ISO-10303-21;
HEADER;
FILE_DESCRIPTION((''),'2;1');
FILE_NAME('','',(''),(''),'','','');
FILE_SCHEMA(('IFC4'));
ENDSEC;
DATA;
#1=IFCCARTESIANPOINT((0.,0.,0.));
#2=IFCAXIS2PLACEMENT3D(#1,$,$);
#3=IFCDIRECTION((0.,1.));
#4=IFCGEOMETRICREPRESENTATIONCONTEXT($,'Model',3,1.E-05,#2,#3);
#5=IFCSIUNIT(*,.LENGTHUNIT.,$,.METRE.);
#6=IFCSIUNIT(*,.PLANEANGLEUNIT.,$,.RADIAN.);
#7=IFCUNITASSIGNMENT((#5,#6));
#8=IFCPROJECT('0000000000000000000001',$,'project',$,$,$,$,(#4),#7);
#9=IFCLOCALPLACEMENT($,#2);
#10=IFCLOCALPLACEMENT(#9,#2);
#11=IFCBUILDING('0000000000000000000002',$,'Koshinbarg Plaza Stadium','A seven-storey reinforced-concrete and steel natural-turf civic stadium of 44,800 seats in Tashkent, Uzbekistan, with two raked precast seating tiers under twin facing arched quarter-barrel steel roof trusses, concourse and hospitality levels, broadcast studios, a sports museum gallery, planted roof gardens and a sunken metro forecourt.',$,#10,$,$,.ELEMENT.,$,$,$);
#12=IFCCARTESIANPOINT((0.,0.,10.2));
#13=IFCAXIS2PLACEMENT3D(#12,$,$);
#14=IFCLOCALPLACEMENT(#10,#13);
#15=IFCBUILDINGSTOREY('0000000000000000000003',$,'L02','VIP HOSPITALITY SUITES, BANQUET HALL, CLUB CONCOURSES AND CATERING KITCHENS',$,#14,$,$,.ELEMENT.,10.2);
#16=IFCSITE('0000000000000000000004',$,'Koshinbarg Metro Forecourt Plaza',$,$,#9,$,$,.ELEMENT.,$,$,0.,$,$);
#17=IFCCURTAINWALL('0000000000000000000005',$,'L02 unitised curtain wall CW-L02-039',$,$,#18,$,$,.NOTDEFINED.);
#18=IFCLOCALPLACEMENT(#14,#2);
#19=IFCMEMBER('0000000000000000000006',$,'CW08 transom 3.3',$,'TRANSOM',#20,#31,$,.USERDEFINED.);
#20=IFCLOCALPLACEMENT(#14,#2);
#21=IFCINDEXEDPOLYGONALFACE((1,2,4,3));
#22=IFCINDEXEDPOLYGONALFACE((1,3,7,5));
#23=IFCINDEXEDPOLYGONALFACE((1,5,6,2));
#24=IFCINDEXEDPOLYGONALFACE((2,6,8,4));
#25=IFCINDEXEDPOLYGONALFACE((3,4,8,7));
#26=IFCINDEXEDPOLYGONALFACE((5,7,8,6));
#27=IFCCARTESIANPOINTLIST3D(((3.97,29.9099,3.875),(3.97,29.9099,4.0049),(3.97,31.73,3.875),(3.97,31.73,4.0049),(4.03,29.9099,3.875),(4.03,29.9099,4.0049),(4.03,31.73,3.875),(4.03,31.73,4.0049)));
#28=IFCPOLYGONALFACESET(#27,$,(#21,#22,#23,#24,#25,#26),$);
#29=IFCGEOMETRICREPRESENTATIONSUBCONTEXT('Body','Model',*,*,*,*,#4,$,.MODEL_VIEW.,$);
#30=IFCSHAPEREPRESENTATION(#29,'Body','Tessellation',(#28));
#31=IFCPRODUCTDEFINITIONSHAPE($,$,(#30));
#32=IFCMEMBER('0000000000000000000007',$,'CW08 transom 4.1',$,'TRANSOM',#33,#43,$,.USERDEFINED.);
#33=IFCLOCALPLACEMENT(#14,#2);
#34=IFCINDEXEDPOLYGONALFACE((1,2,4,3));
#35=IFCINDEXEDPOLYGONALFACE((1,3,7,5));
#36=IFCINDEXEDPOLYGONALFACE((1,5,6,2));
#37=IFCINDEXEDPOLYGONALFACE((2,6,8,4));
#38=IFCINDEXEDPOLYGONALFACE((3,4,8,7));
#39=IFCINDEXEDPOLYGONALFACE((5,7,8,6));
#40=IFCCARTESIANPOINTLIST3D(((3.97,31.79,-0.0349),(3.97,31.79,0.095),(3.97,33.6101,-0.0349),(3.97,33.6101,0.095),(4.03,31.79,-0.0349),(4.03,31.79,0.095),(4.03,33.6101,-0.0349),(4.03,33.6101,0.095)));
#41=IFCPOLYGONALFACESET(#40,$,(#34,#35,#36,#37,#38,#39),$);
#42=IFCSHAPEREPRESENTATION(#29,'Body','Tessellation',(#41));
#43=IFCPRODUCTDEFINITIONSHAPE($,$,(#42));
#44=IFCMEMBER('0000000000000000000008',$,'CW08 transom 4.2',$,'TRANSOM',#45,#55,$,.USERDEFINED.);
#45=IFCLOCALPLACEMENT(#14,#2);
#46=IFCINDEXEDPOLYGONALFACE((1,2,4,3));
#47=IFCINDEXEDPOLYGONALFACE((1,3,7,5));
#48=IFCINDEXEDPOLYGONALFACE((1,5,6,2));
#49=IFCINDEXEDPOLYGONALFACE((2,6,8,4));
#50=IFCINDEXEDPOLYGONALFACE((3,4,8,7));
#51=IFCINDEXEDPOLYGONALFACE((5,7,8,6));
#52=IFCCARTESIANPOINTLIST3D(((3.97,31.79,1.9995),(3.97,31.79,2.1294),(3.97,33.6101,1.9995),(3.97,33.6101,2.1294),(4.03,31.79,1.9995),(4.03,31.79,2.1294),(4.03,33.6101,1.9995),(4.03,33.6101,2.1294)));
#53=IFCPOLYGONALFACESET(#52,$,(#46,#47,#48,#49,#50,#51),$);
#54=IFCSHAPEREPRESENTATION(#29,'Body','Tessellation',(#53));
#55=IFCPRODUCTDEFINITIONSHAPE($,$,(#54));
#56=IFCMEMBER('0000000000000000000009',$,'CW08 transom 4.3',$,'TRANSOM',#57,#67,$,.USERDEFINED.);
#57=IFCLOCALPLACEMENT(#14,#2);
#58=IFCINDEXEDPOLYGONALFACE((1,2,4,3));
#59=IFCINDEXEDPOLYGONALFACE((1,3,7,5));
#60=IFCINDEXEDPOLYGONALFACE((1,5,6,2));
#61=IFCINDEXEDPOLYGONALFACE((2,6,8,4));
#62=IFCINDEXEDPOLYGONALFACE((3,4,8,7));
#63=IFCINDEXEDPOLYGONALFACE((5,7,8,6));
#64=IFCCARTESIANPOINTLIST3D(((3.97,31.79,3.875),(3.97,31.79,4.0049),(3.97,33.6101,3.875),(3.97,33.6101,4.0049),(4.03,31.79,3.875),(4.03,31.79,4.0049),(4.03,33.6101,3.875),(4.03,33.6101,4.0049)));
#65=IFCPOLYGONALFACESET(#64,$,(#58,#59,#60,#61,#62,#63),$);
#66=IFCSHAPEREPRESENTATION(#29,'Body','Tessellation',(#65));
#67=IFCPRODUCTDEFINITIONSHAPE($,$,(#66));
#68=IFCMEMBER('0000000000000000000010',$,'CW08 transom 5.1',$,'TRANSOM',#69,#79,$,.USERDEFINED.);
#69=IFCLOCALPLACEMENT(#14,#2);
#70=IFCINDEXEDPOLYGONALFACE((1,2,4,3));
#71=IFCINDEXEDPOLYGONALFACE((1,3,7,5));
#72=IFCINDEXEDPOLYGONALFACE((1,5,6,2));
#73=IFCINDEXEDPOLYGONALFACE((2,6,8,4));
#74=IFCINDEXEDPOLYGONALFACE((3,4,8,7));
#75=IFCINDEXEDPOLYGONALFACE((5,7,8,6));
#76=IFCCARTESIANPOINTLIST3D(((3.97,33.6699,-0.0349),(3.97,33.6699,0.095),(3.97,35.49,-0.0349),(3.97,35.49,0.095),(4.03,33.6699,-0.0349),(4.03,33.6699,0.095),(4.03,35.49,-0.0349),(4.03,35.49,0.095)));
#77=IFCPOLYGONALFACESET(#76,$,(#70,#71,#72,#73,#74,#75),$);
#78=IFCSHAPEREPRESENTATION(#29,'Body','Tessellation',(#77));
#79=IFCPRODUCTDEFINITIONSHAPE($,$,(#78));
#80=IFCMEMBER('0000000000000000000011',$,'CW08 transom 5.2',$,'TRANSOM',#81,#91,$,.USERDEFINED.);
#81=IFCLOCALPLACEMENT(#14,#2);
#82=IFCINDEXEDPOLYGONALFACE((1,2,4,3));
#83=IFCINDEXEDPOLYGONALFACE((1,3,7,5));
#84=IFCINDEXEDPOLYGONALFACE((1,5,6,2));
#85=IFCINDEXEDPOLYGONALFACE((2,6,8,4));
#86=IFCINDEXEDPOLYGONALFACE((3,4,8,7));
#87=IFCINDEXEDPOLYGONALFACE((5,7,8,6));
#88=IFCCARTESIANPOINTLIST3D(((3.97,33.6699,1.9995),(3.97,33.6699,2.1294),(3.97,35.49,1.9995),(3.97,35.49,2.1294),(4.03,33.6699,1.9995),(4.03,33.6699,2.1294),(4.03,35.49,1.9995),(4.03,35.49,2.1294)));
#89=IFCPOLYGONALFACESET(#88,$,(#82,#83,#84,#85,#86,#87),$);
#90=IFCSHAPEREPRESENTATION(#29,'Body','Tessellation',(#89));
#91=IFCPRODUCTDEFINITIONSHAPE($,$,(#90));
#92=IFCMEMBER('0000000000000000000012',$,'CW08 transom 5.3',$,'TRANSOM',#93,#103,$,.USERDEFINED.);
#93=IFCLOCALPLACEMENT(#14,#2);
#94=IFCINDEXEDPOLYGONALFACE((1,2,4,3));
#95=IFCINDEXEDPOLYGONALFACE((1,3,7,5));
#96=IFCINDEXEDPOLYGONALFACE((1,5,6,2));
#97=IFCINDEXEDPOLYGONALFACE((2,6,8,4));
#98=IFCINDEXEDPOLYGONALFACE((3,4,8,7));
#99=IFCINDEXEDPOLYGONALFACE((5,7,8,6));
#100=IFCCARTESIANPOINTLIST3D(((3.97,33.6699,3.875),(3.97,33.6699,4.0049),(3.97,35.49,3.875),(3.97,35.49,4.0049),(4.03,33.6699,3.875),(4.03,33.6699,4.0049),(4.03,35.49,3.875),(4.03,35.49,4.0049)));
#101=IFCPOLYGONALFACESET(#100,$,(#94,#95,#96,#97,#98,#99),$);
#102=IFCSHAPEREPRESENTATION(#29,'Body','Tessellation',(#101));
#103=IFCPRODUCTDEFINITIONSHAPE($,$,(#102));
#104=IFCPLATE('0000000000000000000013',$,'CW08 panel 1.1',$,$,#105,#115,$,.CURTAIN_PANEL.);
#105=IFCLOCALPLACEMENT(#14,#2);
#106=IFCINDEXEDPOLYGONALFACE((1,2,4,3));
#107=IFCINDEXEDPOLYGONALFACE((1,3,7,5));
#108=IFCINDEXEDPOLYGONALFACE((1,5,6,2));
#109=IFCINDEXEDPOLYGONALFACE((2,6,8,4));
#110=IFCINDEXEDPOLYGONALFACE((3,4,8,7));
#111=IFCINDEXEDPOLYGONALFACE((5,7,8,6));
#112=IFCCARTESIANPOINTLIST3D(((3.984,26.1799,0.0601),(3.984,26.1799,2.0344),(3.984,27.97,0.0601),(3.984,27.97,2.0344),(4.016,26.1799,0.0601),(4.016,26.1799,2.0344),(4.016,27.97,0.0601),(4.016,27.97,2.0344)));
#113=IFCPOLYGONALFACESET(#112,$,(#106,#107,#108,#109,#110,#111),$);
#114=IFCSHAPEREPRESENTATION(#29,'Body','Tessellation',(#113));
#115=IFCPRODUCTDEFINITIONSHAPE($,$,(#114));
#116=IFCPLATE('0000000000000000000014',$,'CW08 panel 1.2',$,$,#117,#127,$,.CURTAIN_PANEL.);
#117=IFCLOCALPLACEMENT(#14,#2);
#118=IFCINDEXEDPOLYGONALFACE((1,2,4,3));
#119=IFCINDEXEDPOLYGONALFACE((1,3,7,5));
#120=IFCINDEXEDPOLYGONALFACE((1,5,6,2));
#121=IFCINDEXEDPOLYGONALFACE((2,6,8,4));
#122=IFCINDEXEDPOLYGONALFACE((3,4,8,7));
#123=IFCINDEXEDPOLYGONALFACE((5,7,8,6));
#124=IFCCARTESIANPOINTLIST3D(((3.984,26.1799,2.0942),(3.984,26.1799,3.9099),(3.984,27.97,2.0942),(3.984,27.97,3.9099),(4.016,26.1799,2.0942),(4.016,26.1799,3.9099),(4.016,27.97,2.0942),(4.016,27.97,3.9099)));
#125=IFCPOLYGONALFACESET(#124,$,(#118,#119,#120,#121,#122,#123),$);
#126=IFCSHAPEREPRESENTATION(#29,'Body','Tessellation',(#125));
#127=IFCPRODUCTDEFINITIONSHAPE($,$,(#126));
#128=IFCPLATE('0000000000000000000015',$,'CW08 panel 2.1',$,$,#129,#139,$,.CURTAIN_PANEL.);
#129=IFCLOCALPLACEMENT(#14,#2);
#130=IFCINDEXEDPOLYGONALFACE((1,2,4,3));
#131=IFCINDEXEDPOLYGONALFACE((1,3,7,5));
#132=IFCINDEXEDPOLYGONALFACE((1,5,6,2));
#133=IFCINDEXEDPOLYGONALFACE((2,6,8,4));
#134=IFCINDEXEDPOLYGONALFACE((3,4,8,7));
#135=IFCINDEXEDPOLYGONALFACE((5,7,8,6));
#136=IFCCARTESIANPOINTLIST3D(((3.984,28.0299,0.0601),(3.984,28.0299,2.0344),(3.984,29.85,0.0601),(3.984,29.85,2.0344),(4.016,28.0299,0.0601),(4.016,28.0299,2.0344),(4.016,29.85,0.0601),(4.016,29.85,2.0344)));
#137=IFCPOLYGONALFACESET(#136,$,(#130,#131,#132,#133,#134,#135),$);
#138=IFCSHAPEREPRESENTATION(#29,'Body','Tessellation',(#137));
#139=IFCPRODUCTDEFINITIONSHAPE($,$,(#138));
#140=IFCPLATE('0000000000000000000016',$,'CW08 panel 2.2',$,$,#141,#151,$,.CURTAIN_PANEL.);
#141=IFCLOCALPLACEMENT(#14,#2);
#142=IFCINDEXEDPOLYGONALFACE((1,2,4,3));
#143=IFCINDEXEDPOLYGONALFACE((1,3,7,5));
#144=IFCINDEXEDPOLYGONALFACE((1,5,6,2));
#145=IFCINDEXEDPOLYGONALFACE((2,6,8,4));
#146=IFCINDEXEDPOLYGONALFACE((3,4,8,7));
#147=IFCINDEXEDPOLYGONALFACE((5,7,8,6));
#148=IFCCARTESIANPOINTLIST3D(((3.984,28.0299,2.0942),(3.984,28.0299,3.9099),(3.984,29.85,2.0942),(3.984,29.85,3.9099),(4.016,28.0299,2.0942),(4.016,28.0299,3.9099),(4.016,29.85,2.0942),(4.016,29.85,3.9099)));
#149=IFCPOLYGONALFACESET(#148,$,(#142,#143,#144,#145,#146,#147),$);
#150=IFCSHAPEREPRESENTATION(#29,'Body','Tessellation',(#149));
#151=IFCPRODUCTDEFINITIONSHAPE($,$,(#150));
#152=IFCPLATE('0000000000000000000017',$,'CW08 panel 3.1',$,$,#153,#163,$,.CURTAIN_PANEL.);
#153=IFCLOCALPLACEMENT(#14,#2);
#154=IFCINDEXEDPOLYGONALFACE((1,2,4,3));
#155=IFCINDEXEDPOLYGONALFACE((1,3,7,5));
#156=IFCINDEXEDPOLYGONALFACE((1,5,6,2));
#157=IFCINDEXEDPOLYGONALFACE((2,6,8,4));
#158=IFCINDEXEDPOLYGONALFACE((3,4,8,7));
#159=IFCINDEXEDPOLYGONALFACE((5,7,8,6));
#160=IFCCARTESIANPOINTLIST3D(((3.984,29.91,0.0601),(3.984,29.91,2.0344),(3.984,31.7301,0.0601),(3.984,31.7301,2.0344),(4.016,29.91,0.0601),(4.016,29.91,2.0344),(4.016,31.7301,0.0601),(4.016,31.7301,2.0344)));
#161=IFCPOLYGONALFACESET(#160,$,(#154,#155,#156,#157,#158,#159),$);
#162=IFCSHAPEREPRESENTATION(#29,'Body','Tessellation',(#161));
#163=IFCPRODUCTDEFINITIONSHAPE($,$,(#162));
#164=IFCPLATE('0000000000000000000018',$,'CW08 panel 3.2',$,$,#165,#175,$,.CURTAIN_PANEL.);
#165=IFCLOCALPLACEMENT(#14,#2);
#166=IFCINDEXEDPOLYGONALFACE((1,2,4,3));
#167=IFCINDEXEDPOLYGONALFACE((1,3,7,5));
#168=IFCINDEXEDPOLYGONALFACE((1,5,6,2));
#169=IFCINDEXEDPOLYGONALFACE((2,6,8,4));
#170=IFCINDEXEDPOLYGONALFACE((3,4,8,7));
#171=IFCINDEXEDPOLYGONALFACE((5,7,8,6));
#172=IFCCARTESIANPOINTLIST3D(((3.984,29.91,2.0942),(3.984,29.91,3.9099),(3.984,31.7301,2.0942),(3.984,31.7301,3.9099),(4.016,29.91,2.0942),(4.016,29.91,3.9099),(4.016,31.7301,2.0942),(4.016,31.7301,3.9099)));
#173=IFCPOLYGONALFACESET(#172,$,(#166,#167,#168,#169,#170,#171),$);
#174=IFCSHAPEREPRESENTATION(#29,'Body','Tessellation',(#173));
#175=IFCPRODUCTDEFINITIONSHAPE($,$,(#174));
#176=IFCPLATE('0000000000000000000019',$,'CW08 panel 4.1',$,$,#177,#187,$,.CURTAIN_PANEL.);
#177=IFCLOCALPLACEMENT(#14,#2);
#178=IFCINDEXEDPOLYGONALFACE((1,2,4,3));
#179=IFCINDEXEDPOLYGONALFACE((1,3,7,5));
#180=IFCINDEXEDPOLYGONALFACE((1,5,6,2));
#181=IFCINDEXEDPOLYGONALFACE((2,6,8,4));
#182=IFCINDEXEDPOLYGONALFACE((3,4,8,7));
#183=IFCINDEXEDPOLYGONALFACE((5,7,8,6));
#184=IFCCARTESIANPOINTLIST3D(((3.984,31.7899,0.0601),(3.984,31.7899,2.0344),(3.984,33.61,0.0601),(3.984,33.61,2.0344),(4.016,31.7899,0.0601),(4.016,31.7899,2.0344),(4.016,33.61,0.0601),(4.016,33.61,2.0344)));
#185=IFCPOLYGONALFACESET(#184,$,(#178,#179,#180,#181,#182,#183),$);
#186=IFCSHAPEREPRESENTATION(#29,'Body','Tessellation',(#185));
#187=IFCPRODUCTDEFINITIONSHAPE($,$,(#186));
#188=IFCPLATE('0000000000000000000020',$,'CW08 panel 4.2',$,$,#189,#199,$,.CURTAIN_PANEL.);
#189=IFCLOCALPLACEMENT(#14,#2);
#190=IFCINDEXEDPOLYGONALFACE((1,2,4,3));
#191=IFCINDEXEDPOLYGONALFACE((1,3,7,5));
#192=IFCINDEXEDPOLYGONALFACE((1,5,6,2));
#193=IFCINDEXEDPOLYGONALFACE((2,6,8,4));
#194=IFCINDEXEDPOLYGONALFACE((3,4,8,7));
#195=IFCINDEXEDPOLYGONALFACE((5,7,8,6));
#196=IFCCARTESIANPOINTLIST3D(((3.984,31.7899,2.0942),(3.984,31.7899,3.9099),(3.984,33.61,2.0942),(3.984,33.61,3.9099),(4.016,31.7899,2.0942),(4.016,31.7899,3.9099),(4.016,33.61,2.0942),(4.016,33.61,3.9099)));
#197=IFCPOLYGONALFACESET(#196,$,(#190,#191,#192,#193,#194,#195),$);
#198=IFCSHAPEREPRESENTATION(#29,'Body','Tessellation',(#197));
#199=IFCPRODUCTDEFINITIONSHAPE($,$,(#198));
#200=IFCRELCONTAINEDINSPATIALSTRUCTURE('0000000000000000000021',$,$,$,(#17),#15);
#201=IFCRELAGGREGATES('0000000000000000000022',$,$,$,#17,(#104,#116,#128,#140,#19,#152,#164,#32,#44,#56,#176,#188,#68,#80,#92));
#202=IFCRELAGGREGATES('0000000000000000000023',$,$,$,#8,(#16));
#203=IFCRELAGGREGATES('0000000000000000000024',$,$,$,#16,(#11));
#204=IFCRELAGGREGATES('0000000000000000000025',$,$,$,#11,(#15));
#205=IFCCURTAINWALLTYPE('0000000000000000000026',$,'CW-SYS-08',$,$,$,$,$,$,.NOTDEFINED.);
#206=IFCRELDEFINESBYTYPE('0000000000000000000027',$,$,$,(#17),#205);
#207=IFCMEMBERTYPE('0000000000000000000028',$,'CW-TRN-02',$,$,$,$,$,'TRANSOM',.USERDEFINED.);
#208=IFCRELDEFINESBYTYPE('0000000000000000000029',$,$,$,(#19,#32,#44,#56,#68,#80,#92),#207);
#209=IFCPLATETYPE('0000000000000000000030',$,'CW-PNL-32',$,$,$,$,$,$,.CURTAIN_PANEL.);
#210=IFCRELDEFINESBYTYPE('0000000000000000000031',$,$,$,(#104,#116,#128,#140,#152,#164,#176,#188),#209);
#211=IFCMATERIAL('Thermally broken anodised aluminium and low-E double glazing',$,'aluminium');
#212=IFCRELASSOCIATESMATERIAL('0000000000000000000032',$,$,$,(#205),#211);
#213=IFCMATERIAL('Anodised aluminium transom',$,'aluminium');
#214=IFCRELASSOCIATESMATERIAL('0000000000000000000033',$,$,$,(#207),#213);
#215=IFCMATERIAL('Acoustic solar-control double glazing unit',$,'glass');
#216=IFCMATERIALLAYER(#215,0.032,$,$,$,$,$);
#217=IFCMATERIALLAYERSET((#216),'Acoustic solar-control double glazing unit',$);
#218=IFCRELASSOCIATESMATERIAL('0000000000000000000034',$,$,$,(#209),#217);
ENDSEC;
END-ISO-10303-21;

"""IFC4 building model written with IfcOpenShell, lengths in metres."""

from ifc_helpers import new_model, si_unit, direction, frame, origin, origin_2d, place, context, subcontext, project, spatial, rectangle, extrude, material, layer, layer_set, material_profile, profile_set, type_object, element, aggregate, save


model = new_model("IFC4")

# Units and contexts
model_context = context("Model", 3, precision=1e-05, world=origin(), true_north=direction((0.0, 1.0)))
body_context = subcontext(model_context, "Body", "Model", "MODEL_VIEW")
ifc_project = project(units=[si_unit("LENGTHUNIT", "METRE"), si_unit("PLANEANGLEUNIT", "RADIAN")], contexts=[model_context])

# Site, building, storey
site_placement = place(None, origin())
site = spatial("IfcSite", under=ifc_project, at=site_placement, Name="Koshinbarg Metro Forecourt Plaza", CompositionType="ELEMENT", RefElevation=0.0)
building_placement = place(site_placement, origin())
building = spatial("IfcBuilding", under=site, at=building_placement, Name="Koshinbarg Plaza Stadium", Description="A seven-storey reinforced-concrete and steel natural-turf civic stadium of 44,800 seats in Tashkent, Uzbekistan, with two raked precast seating tiers under twin facing arched quarter-barrel steel roof trusses, concourse and hospitality levels, broadcast studios, a sports museum gallery, planted roof gardens and a sunken metro forecourt.", CompositionType="ELEMENT")
storey_placement = place(building_placement, frame((0.0, 0.0, 10.2)))
storey = spatial("IfcBuildingStorey", under=building, at=storey_placement, Name="L02", Description="VIP HOSPITALITY SUITES, BANQUET HALL, CLUB CONCOURSES AND CATERING KITCHENS", CompositionType="ELEMENT", Elevation=10.2)

# Curtain wall, members, plates
ifc_material_1 = material(Name="Thermally broken anodised aluminium and low-E double glazing", Category="aluminium")
curtain_wall_type = type_object("IfcCurtainWallType", Name="CW-SYS-08", PredefinedType="NOTDEFINED", material=ifc_material_1)
curtain_wall_placement = place(storey_placement, origin())
curtain_wall = element("IfcCurtainWall", 1, at=curtain_wall_placement, inside=storey, type_object=curtain_wall_type, Name="L02 unitised curtain wall CW-L02-039", PredefinedType="NOTDEFINED")
ifc_material_2 = material(Name="Anodised aluminium transom", Category="aluminium")
ifc_material_profile_1 = material_profile(ifc_material_2, rectangle(XDim=0.0601, YDim=0.1299, at=origin_2d()), Name="ALU 60x130")
ifc_profile_set_1 = profile_set([ifc_material_profile_1], Name="Anodised aluminium transom")
member_type_1 = type_object("IfcMemberType", Name="CW-TRN-02", ElementType="TRANSOM", PredefinedType="USERDEFINED", material=ifc_profile_set_1)
member_1_placement = place(storey_placement, frame((4.0, 29.9099, 3.9399), z_axis=(0.0, 1.0, 0.0), x_axis=(-1.0, 0.0, 0.0)))
member_1 = element("IfcMember", 2, at=member_1_placement, type_object=member_type_1, Name="CW08 transom 3.3", ObjectType="TRANSOM", PredefinedType="USERDEFINED", context=body_context, shape_type="SweptSolid", body=[
    extrude(rectangle(XDim=0.0601, YDim=0.1299, at=origin_2d()), origin(), (0.0, 0.0, 1.0), 1.8201),
])
member_2_placement = place(storey_placement, frame((4.0, 31.79, 0.03), z_axis=(0.0, 1.0, 0.0), x_axis=(-1.0, 0.0, 0.0)))
member_2 = element("IfcMember", 3, at=member_2_placement, type_object=member_type_1, Name="CW08 transom 4.1", ObjectType="TRANSOM", PredefinedType="USERDEFINED", context=body_context, shape_type="SweptSolid", body=[
    extrude(rectangle(XDim=0.0601, YDim=0.1299, at=origin_2d()), origin(), (0.0, 0.0, 1.0), 1.8201),
])
member_3_placement = place(storey_placement, frame((4.0, 31.79, 2.0645), z_axis=(0.0, 1.0, 0.0), x_axis=(-1.0, 0.0, 0.0)))
member_3 = element("IfcMember", 4, at=member_3_placement, type_object=member_type_1, Name="CW08 transom 4.2", ObjectType="TRANSOM", PredefinedType="USERDEFINED", context=body_context, shape_type="SweptSolid", body=[
    extrude(rectangle(XDim=0.0601, YDim=0.1299, at=origin_2d()), origin(), (0.0, 0.0, 1.0), 1.8201),
])
member_4_placement = place(storey_placement, frame((4.0, 31.79, 3.9399), z_axis=(0.0, 1.0, 0.0), x_axis=(-1.0, 0.0, 0.0)))
member_4 = element("IfcMember", 5, at=member_4_placement, type_object=member_type_1, Name="CW08 transom 4.3", ObjectType="TRANSOM", PredefinedType="USERDEFINED", context=body_context, shape_type="SweptSolid", body=[
    extrude(rectangle(XDim=0.0601, YDim=0.1299, at=origin_2d()), origin(), (0.0, 0.0, 1.0), 1.8201),
])
member_5_placement = place(storey_placement, frame((4.0, 33.6699, 0.03), z_axis=(0.0, 1.0, 0.0), x_axis=(-1.0, 0.0, 0.0)))
member_5 = element("IfcMember", 6, at=member_5_placement, type_object=member_type_1, Name="CW08 transom 5.1", ObjectType="TRANSOM", PredefinedType="USERDEFINED", context=body_context, shape_type="SweptSolid", body=[
    extrude(rectangle(XDim=0.0601, YDim=0.1299, at=origin_2d()), origin(), (0.0, 0.0, 1.0), 1.8201),
])
member_6_placement = place(storey_placement, frame((4.0, 33.6699, 2.0645), z_axis=(0.0, 1.0, 0.0), x_axis=(-1.0, 0.0, 0.0)))
member_6 = element("IfcMember", 7, at=member_6_placement, type_object=member_type_1, Name="CW08 transom 5.2", ObjectType="TRANSOM", PredefinedType="USERDEFINED", context=body_context, shape_type="SweptSolid", body=[
    extrude(rectangle(XDim=0.0601, YDim=0.1299, at=origin_2d()), origin(), (0.0, 0.0, 1.0), 1.8201),
])
member_7_placement = place(storey_placement, frame((4.0, 33.6699, 3.9399), z_axis=(0.0, 1.0, 0.0), x_axis=(-1.0, 0.0, 0.0)))
member_7 = element("IfcMember", 8, at=member_7_placement, type_object=member_type_1, Name="CW08 transom 5.3", ObjectType="TRANSOM", PredefinedType="USERDEFINED", context=body_context, shape_type="SweptSolid", body=[
    extrude(rectangle(XDim=0.0601, YDim=0.1299, at=origin_2d()), origin(), (0.0, 0.0, 1.0), 1.8201),
])
ifc_material_3 = material(Name="Acoustic solar-control double glazing unit", Category="glass")
ifc_layer = layer(ifc_material_3, 0.032)
ifc_layer_set = layer_set([ifc_layer], Name="Acoustic solar-control double glazing unit")
plate_type = type_object("IfcPlateType", Name="CW-PNL-32", PredefinedType="CURTAIN_PANEL", material=ifc_layer_set)
plate_1_placement = place(storey_placement, frame((4.0, 27.075, 0.0601), z_axis=(0.0, 0.0, 1.0), x_axis=(0.0, 1.0, 0.0)))
plate_1 = element("IfcPlate", 9, at=plate_1_placement, type_object=plate_type, Name="CW08 panel 1.1", PredefinedType="CURTAIN_PANEL", context=body_context, shape_type="SweptSolid", body=[
    extrude(rectangle(XDim=1.79, YDim=0.032, at=origin_2d()), origin(), (0.0, 0.0, 1.0), 1.9744),
])
plate_2_placement = place(storey_placement, frame((4.0, 27.075, 2.0942), z_axis=(0.0, 0.0, 1.0), x_axis=(0.0, 1.0, 0.0)))
plate_2 = element("IfcPlate", 10, at=plate_2_placement, type_object=plate_type, Name="CW08 panel 1.2", PredefinedType="CURTAIN_PANEL", context=body_context, shape_type="SweptSolid", body=[
    extrude(rectangle(XDim=1.79, YDim=0.032, at=origin_2d()), origin(), (0.0, 0.0, 1.0), 1.8157),
])
plate_3_placement = place(storey_placement, frame((4.0, 28.9399, 0.0601), z_axis=(0.0, 0.0, 1.0), x_axis=(0.0, 1.0, 0.0)))
plate_3 = element("IfcPlate", 11, at=plate_3_placement, type_object=plate_type, Name="CW08 panel 2.1", PredefinedType="CURTAIN_PANEL", context=body_context, shape_type="SweptSolid", body=[
    extrude(rectangle(XDim=1.8201, YDim=0.032, at=origin_2d()), origin(), (0.0, 0.0, 1.0), 1.9744),
])
plate_4_placement = place(storey_placement, frame((4.0, 28.9399, 2.0942), z_axis=(0.0, 0.0, 1.0), x_axis=(0.0, 1.0, 0.0)))
plate_4 = element("IfcPlate", 12, at=plate_4_placement, type_object=plate_type, Name="CW08 panel 2.2", PredefinedType="CURTAIN_PANEL", context=body_context, shape_type="SweptSolid", body=[
    extrude(rectangle(XDim=1.8201, YDim=0.032, at=origin_2d()), origin(), (0.0, 0.0, 1.0), 1.8157),
])
plate_5_placement = place(storey_placement, frame((4.0, 30.8201, 0.0601), z_axis=(0.0, 0.0, 1.0), x_axis=(0.0, 1.0, 0.0)))
plate_5 = element("IfcPlate", 13, at=plate_5_placement, type_object=plate_type, Name="CW08 panel 3.1", PredefinedType="CURTAIN_PANEL", context=body_context, shape_type="SweptSolid", body=[
    extrude(rectangle(XDim=1.8201, YDim=0.032, at=origin_2d()), origin(), (0.0, 0.0, 1.0), 1.9744),
])
plate_6_placement = place(storey_placement, frame((4.0, 30.8201, 2.0942), z_axis=(0.0, 0.0, 1.0), x_axis=(0.0, 1.0, 0.0)))
plate_6 = element("IfcPlate", 14, at=plate_6_placement, type_object=plate_type, Name="CW08 panel 3.2", PredefinedType="CURTAIN_PANEL", context=body_context, shape_type="SweptSolid", body=[
    extrude(rectangle(XDim=1.8201, YDim=0.032, at=origin_2d()), origin(), (0.0, 0.0, 1.0), 1.8157),
])
plate_7_placement = place(storey_placement, frame((4.0, 32.7, 0.0601), z_axis=(0.0, 0.0, 1.0), x_axis=(0.0, 1.0, 0.0)))
plate_7 = element("IfcPlate", 15, at=plate_7_placement, type_object=plate_type, Name="CW08 panel 4.1", PredefinedType="CURTAIN_PANEL", context=body_context, shape_type="SweptSolid", body=[
    extrude(rectangle(XDim=1.8201, YDim=0.032, at=origin_2d()), origin(), (0.0, 0.0, 1.0), 1.9744),
])
plate_8_placement = place(storey_placement, frame((4.0, 32.7, 2.0942), z_axis=(0.0, 0.0, 1.0), x_axis=(0.0, 1.0, 0.0)))
plate_8 = element("IfcPlate", 16, at=plate_8_placement, type_object=plate_type, Name="CW08 panel 4.2", PredefinedType="CURTAIN_PANEL", context=body_context, shape_type="SweptSolid", body=[
    extrude(rectangle(XDim=1.8201, YDim=0.032, at=origin_2d()), origin(), (0.0, 0.0, 1.0), 1.8157),
])
aggregate(curtain_wall, [plate_1, plate_2, plate_3, plate_4, member_1, plate_5, plate_6, member_2, member_3, member_4, plate_7, plate_8, member_5, member_6, member_7])

save(model, "model.ifc")
